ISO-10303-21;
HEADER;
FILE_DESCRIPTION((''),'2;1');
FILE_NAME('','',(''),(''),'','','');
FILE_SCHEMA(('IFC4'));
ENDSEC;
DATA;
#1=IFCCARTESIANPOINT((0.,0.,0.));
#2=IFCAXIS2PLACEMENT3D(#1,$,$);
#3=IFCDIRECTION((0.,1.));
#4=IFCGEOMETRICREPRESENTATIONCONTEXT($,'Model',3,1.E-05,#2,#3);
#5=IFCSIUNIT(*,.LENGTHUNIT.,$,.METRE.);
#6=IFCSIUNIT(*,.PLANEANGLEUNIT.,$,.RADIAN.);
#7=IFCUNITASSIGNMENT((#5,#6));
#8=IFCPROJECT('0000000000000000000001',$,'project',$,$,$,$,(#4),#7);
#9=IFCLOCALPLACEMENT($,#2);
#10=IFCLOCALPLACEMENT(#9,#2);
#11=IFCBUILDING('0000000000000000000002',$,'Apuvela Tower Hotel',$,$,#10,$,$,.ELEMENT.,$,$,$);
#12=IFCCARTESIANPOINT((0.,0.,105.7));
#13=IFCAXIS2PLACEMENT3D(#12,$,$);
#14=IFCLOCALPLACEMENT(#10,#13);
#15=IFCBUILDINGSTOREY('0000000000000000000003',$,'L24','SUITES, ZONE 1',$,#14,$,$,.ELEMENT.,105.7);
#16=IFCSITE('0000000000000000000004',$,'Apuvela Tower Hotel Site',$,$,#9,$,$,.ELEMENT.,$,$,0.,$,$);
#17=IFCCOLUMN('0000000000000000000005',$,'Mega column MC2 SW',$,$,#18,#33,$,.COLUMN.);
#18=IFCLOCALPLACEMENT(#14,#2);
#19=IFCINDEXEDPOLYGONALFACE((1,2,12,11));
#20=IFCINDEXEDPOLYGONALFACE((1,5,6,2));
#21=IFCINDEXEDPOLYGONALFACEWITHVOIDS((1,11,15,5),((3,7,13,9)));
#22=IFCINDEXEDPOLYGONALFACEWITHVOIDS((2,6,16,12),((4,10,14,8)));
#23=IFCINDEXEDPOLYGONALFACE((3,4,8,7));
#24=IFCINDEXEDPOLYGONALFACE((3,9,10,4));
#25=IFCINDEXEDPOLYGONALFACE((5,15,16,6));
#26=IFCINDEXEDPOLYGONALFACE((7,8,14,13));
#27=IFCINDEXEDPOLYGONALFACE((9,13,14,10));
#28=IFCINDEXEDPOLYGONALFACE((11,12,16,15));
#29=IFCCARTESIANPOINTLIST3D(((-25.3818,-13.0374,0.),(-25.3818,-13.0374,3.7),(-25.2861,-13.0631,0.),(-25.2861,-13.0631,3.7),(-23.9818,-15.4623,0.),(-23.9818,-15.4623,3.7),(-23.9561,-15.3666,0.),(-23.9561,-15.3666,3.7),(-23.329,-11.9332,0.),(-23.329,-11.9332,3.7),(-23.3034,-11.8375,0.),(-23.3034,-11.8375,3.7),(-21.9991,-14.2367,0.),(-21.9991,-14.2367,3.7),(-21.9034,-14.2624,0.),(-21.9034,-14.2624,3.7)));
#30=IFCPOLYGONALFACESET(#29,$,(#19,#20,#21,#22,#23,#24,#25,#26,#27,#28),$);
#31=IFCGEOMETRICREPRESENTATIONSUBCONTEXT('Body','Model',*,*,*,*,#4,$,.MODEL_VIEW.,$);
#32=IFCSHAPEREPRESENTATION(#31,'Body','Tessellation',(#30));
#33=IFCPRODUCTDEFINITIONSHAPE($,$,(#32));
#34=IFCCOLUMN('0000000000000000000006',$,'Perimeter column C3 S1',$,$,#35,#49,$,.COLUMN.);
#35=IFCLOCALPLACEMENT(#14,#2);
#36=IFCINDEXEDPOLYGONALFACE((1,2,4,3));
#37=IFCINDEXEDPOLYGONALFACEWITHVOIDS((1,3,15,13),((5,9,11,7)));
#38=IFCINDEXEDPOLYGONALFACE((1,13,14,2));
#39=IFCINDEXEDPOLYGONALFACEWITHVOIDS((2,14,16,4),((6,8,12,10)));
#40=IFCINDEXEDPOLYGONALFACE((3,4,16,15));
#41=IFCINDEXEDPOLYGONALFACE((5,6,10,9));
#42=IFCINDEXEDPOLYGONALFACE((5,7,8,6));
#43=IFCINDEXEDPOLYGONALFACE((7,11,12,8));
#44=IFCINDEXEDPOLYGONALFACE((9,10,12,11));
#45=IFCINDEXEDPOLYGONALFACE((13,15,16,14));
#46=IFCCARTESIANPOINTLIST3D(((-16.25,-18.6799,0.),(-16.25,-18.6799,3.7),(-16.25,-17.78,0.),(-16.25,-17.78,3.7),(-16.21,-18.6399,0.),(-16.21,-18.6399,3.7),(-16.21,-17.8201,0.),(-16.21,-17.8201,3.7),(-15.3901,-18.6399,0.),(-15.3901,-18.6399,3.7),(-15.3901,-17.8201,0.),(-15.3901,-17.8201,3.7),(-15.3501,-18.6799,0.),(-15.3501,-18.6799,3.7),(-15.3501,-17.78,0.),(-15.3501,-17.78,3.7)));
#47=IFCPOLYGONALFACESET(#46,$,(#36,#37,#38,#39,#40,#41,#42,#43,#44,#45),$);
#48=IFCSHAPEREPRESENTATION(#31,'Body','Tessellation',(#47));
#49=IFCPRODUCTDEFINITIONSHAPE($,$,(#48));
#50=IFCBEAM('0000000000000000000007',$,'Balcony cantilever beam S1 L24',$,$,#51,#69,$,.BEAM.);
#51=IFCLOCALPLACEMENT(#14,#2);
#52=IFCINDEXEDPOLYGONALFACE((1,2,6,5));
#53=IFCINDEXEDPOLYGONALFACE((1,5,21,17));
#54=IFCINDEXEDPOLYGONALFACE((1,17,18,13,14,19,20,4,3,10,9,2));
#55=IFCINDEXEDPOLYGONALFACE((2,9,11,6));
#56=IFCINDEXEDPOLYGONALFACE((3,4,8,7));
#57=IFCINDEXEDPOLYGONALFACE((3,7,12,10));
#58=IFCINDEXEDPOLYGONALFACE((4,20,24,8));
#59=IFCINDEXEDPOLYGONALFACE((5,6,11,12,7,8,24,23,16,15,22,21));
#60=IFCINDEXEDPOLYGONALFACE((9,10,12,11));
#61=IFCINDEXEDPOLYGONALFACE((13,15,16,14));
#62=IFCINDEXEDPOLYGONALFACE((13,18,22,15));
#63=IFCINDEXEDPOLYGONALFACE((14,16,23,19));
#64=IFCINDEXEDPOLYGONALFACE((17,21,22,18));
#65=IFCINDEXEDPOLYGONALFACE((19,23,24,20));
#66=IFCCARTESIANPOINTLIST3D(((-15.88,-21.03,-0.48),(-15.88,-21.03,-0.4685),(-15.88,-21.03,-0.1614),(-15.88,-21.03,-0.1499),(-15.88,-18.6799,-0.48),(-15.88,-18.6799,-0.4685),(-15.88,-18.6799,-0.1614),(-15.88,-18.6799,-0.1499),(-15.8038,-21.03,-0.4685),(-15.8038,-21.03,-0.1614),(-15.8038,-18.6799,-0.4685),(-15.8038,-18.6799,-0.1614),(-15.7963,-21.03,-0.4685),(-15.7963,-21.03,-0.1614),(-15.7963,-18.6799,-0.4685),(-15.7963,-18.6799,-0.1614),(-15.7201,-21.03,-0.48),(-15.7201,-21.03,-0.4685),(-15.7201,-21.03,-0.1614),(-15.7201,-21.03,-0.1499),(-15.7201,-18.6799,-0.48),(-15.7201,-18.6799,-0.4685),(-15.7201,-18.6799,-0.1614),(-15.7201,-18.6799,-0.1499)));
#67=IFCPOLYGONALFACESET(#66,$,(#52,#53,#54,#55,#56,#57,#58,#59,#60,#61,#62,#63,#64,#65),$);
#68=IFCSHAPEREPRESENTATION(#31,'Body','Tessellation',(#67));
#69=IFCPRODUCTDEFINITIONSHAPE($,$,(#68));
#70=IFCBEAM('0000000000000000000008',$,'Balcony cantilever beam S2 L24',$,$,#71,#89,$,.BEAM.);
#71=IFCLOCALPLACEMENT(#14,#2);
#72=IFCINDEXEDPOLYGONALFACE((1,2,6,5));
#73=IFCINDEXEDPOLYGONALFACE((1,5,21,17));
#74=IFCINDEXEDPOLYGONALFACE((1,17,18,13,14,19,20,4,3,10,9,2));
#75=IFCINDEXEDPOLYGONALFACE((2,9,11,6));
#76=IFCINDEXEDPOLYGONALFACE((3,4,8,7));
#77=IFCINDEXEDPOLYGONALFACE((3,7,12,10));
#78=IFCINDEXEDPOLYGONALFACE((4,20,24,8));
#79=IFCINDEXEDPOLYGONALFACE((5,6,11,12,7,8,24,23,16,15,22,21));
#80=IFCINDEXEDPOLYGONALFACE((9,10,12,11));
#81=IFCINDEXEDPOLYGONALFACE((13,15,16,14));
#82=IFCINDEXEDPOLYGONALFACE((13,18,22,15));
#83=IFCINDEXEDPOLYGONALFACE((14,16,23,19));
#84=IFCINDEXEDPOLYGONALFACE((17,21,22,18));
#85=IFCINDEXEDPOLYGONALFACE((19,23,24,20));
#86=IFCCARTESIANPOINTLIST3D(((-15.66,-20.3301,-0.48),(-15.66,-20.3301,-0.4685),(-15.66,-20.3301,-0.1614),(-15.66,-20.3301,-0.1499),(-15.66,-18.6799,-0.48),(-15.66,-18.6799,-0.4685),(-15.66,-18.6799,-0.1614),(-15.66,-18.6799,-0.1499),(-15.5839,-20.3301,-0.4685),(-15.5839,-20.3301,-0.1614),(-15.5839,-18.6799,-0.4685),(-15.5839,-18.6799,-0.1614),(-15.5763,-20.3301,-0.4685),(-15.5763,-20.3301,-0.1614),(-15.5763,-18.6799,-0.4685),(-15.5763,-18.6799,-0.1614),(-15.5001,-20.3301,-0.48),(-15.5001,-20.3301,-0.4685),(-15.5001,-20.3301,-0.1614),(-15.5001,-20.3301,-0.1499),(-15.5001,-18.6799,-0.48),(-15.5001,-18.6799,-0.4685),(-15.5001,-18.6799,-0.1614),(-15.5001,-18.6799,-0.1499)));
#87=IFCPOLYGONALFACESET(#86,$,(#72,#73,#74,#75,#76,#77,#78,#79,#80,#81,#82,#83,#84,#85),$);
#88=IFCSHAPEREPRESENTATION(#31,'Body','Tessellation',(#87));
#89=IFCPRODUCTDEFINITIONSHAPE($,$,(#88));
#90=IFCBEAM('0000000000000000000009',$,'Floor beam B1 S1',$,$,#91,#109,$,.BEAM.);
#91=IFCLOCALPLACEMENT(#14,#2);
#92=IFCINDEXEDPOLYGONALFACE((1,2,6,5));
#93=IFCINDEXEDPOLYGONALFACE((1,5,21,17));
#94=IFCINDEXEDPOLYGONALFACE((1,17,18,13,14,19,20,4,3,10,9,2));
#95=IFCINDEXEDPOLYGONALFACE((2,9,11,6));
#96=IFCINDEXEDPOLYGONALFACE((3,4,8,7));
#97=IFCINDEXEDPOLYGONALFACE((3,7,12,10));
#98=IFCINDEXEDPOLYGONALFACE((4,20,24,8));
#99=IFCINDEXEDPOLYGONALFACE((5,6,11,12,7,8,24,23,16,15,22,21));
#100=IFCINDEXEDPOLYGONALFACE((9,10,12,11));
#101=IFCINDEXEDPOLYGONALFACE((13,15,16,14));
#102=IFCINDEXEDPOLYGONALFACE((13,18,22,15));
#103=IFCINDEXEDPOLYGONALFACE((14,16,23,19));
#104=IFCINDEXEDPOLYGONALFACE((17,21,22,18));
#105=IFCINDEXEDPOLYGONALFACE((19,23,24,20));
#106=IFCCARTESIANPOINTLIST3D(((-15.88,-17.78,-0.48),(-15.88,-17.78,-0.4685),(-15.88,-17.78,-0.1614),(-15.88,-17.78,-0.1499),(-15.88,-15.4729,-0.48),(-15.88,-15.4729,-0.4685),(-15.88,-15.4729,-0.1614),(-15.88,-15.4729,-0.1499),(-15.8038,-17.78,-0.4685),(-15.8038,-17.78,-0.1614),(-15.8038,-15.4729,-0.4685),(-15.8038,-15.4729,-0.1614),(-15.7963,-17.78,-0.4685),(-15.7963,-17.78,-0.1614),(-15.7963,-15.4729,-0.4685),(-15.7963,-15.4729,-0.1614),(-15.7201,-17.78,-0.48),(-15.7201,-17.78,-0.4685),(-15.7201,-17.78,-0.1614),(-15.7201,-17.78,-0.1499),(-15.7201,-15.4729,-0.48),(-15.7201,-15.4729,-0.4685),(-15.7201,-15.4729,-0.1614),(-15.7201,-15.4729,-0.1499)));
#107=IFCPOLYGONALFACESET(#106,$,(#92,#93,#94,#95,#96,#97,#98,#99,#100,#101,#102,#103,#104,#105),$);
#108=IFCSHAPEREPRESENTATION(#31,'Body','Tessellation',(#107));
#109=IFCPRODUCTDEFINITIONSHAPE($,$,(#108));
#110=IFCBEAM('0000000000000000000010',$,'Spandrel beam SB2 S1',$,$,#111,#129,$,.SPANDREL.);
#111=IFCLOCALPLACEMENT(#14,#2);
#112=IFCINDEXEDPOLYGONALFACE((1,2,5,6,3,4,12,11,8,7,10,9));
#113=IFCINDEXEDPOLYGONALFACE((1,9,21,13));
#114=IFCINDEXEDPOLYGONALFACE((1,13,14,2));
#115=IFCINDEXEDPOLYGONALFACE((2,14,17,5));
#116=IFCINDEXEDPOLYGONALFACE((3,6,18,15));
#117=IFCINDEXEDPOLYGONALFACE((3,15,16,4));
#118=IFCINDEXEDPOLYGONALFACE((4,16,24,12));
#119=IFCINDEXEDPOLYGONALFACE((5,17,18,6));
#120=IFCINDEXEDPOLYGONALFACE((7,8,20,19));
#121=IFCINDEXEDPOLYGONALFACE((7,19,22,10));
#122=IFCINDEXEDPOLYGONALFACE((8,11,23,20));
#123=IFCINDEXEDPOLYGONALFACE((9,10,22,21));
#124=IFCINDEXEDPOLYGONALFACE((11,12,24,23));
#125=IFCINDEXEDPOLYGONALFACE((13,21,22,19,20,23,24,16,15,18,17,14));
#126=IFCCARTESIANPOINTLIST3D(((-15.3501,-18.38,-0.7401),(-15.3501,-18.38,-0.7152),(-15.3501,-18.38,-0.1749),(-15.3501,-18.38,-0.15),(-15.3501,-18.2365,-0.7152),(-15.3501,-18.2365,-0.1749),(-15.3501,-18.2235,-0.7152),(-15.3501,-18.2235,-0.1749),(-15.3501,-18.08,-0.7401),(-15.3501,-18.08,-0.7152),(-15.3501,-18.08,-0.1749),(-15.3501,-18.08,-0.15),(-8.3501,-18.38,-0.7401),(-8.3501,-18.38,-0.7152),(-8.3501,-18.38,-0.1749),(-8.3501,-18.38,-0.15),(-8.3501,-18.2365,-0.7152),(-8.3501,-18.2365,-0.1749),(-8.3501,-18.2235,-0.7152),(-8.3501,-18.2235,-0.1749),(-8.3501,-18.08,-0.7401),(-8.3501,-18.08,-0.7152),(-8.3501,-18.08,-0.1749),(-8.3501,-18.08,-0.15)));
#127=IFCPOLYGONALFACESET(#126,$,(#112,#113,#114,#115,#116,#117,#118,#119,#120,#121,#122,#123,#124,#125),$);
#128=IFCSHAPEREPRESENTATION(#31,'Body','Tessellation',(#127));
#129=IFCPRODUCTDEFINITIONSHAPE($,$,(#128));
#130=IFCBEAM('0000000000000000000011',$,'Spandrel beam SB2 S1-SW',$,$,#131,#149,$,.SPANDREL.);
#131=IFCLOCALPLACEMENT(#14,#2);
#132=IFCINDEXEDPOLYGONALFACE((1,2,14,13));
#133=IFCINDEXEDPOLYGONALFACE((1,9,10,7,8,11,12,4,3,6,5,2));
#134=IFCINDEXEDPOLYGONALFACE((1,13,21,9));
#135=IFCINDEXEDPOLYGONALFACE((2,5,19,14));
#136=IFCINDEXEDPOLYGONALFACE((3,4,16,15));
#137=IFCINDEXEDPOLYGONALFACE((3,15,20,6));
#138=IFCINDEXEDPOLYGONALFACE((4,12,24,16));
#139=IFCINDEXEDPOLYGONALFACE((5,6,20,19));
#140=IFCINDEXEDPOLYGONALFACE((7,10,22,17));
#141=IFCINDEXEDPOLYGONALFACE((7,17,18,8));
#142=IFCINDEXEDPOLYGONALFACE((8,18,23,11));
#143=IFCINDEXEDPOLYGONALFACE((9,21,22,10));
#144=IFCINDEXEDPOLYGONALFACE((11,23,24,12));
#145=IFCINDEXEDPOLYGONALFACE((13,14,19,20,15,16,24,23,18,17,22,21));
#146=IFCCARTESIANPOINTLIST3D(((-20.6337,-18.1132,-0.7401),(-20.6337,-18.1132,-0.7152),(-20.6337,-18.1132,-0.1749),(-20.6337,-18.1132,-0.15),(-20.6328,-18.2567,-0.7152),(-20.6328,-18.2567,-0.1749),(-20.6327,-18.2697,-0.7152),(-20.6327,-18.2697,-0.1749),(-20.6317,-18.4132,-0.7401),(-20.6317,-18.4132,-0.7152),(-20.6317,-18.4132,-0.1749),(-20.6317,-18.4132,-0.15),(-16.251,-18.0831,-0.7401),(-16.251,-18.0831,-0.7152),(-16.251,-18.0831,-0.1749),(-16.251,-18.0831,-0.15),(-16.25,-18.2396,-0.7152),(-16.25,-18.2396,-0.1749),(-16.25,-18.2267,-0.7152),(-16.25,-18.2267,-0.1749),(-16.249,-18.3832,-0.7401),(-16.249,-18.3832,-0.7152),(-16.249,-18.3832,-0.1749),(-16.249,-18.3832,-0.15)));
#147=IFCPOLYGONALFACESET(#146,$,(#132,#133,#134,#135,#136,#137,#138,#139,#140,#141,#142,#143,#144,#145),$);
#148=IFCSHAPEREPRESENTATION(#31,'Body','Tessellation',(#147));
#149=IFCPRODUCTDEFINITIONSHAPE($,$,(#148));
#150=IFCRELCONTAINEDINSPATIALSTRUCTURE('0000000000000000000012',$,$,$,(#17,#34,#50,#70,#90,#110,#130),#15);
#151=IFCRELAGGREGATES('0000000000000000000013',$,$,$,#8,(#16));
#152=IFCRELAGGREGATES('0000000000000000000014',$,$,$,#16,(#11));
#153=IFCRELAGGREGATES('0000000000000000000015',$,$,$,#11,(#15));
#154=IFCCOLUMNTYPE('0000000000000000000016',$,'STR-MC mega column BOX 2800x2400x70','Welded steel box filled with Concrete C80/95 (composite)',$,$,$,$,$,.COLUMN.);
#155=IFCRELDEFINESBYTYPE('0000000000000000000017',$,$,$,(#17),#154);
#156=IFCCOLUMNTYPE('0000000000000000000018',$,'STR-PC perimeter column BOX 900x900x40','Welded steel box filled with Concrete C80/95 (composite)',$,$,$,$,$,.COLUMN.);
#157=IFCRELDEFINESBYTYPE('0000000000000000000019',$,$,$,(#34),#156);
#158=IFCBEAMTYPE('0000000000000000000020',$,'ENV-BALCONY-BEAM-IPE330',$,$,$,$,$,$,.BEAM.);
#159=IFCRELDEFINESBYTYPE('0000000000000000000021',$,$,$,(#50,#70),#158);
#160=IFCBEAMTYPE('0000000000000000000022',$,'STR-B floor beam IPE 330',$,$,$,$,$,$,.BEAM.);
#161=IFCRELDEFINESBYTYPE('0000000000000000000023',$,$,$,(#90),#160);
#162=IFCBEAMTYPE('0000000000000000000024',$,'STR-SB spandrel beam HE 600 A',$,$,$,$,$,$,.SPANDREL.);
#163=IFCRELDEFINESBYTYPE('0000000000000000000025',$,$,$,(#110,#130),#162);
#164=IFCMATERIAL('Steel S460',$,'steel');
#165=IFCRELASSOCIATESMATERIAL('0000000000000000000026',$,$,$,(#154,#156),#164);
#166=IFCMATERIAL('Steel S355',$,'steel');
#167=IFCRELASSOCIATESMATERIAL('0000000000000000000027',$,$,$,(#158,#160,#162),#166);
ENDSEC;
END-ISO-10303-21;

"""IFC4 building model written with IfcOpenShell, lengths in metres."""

from ifc_helpers import new_model, si_unit, direction, frame, origin, origin_2d, place, context, subcontext, project, spatial, rectangle, hollow_rectangle, i_section, extrude, material, material_profile, profile_set, type_object, element, save


model = new_model("IFC4")

# Units and contexts
model_context = context("Model", 3, precision=1e-05, world=origin(), true_north=direction((0.0, 1.0)))
body_context = subcontext(model_context, "Body", "Model", "MODEL_VIEW")
ifc_project = project(units=[si_unit("LENGTHUNIT", "METRE"), si_unit("PLANEANGLEUNIT", "RADIAN")], contexts=[model_context])

# Site, building, storey
site_placement = place(None, origin())
site = spatial("IfcSite", under=ifc_project, at=site_placement, Name="Apuvela Tower Hotel Site", CompositionType="ELEMENT", RefElevation=0.0)
building_placement = place(site_placement, origin())
building = spatial("IfcBuilding", under=site, at=building_placement, Name="Apuvela Tower Hotel", CompositionType="ELEMENT")
storey_placement = place(building_placement, frame((0.0, 0.0, 105.7)))
storey = spatial("IfcBuildingStorey", under=building, at=storey_placement, Name="L24", Description="SUITES, ZONE 1", CompositionType="ELEMENT", Elevation=105.7)

# Columns
ifc_material_1 = material(Name="Steel S460", Category="steel")
ifc_material_profile_1 = material_profile(ifc_material_1, hollow_rectangle(XDim=2.8, YDim=2.3999, WallThickness=0.0701, at=origin_2d()), Name="BOX 2800x2400x70")
ifc_material_2 = material(Name="Concrete C80/95", Category="concrete")
ifc_material_profile_2 = material_profile(ifc_material_2, rectangle(XDim=2.6599, YDim=2.26, at=origin_2d()), Name="Concrete C80/95 infill")
ifc_profile_set_1 = profile_set([ifc_material_profile_1, ifc_material_profile_2], Name="Steel S460")
column_type_1 = type_object("IfcColumnType", Name="STR-MC mega column BOX 2800x2400x70", Description="Welded steel box filled with Concrete C80/95 (composite)", PredefinedType="COLUMN", material=ifc_profile_set_1)
column_1_placement = place(storey_placement, frame((-23.6426, -13.6499, 0.0), z_axis=(0.0, 0.0, 1.0), x_axis=(-0.5, 0.866025, 0.0)))
element("IfcColumn", 1, at=column_1_placement, inside=storey, type_object=column_type_1, Name="Mega column MC2 SW", PredefinedType="COLUMN", context=body_context, shape_type="SweptSolid", body=[
    extrude(hollow_rectangle(XDim=2.8, YDim=2.3999, WallThickness=0.0701, at=origin_2d()), origin(), (0.0, 0.0, 1.0), 3.7),
])
ifc_material_profile_3 = material_profile(ifc_material_1, hollow_rectangle(XDim=0.8999, YDim=0.8999, WallThickness=0.04, at=origin_2d()), Name="BOX 900x900x40")
ifc_material_profile_4 = material_profile(ifc_material_2, rectangle(XDim=0.8201, YDim=0.8201, at=origin_2d()), Name="Concrete C80/95 infill")
ifc_profile_set_2 = profile_set([ifc_material_profile_3, ifc_material_profile_4], Name="Steel S460")
column_type_2 = type_object("IfcColumnType", Name="STR-PC perimeter column BOX 900x900x40", Description="Welded steel box filled with Concrete C80/95 (composite)", PredefinedType="COLUMN", material=ifc_profile_set_2)
column_2_placement = place(storey_placement, frame((-15.8, -18.23, 0.0), z_axis=(0.0, 0.0, 1.0), x_axis=(-1.0, 0.0, 0.0)))
element("IfcColumn", 2, at=column_2_placement, inside=storey, type_object=column_type_2, Name="Perimeter column C3 S1", PredefinedType="COLUMN", context=body_context, shape_type="SweptSolid", body=[
    extrude(hollow_rectangle(XDim=0.8999, YDim=0.8999, WallThickness=0.04, at=origin_2d()), origin(), (0.0, 0.0, 1.0), 3.7),
])

# Beams
ifc_material_3 = material(Name="Steel S355", Category="steel")
ifc_material_profile_5 = material_profile(ifc_material_3, i_section(OverallWidth=0.1599, OverallDepth=0.3301, WebThickness=0.0076, FlangeThickness=0.0115, at=origin_2d()), Name="IPE 330")
ifc_profile_set_3 = profile_set([ifc_material_profile_5], Name="Steel S355")
beam_type_1 = type_object("IfcBeamType", Name="ENV-BALCONY-BEAM-IPE330", PredefinedType="BEAM", material=ifc_profile_set_3)
beam_1_placement = place(storey_placement, frame((-15.8, -18.6799, -0.3149), z_axis=(0.0, -1.0, 0.0), x_axis=(1.0, 0.0, 0.0)))
element("IfcBeam", 3, at=beam_1_placement, inside=storey, type_object=beam_type_1, Name="Balcony cantilever beam S1 L24", PredefinedType="BEAM", context=body_context, shape_type="SweptSolid", body=[
    extrude(i_section(OverallWidth=0.1599, OverallDepth=0.3301, WebThickness=0.0076, FlangeThickness=0.0115, at=origin_2d()), origin(), (0.0, 0.0, 1.0), 2.3501),
])
beam_2_placement = place(storey_placement, frame((-15.5801, -18.6799, -0.3149), z_axis=(0.0, -1.0, 0.0), x_axis=(1.0, 0.0, 0.0)))
element("IfcBeam", 4, at=beam_2_placement, inside=storey, type_object=beam_type_1, Name="Balcony cantilever beam S2 L24", PredefinedType="BEAM", context=body_context, shape_type="SweptSolid", body=[
    extrude(i_section(OverallWidth=0.1599, OverallDepth=0.3301, WebThickness=0.0076, FlangeThickness=0.0115, at=origin_2d()), origin(), (0.0, 0.0, 1.0), 1.6501),
])
ifc_material_profile_6 = material_profile(ifc_material_3, i_section(OverallWidth=0.1599, OverallDepth=0.3301, WebThickness=0.0076, FlangeThickness=0.0115, at=origin_2d()), Name="IPE 330")
ifc_profile_set_4 = profile_set([ifc_material_profile_6], Name="Steel S355")
beam_type_2 = type_object("IfcBeamType", Name="STR-B floor beam IPE 330", PredefinedType="BEAM", material=ifc_profile_set_4)
beam_3_placement = place(storey_placement, frame((-15.8, -17.78, -0.3149), z_axis=(0.0, 1.0, 0.0), x_axis=(-1.0, 0.0, 0.0)))
element("IfcBeam", 5, at=beam_3_placement, inside=storey, type_object=beam_type_2, Name="Floor beam B1 S1", PredefinedType="BEAM", context=body_context, shape_type="SweptSolid", body=[
    extrude(i_section(OverallWidth=0.1599, OverallDepth=0.3301, WebThickness=0.0076, FlangeThickness=0.0115, at=origin_2d()), origin(), (0.0, 0.0, 1.0), 2.3071),
])
ifc_material_profile_7 = material_profile(ifc_material_3, i_section(OverallWidth=0.3, OverallDepth=0.5901, WebThickness=0.0129, FlangeThickness=0.0249, at=origin_2d()), Name="HE 600 A")
ifc_profile_set_5 = profile_set([ifc_material_profile_7], Name="Steel S355")
beam_type_3 = type_object("IfcBeamType", Name="STR-SB spandrel beam HE 600 A", PredefinedType="SPANDREL", material=ifc_profile_set_5)
beam_4_placement = place(storey_placement, frame((-15.3501, -18.23, -0.4451), z_axis=(1.0, 0.0, 0.0), x_axis=(0.0, 1.0, 0.0)))
element("IfcBeam", 6, at=beam_4_placement, inside=storey, type_object=beam_type_3, Name="Spandrel beam SB2 S1", PredefinedType="SPANDREL", context=body_context, shape_type="SweptSolid", body=[
    extrude(i_section(OverallWidth=0.3, OverallDepth=0.5901, WebThickness=0.0129, FlangeThickness=0.0249, at=origin_2d()), origin(), (0.0, 0.0, 1.0), 7.0),
])
beam_5_placement = place(storey_placement, frame((-16.25, -18.2332, -0.4451), z_axis=(-0.999977, -0.006851, 0.0), x_axis=(0.006851, -0.999977, 0.0)))
element("IfcBeam", 7, at=beam_5_placement, inside=storey, type_object=beam_type_3, Name="Spandrel beam SB2 S1-SW", PredefinedType="SPANDREL", context=body_context, shape_type="SweptSolid", body=[
    extrude(i_section(OverallWidth=0.3, OverallDepth=0.5901, WebThickness=0.0129, FlangeThickness=0.0249, at=origin_2d()), origin(), (0.0, 0.0, 1.0), 4.3828),
])

save(model, "model.ifc")
